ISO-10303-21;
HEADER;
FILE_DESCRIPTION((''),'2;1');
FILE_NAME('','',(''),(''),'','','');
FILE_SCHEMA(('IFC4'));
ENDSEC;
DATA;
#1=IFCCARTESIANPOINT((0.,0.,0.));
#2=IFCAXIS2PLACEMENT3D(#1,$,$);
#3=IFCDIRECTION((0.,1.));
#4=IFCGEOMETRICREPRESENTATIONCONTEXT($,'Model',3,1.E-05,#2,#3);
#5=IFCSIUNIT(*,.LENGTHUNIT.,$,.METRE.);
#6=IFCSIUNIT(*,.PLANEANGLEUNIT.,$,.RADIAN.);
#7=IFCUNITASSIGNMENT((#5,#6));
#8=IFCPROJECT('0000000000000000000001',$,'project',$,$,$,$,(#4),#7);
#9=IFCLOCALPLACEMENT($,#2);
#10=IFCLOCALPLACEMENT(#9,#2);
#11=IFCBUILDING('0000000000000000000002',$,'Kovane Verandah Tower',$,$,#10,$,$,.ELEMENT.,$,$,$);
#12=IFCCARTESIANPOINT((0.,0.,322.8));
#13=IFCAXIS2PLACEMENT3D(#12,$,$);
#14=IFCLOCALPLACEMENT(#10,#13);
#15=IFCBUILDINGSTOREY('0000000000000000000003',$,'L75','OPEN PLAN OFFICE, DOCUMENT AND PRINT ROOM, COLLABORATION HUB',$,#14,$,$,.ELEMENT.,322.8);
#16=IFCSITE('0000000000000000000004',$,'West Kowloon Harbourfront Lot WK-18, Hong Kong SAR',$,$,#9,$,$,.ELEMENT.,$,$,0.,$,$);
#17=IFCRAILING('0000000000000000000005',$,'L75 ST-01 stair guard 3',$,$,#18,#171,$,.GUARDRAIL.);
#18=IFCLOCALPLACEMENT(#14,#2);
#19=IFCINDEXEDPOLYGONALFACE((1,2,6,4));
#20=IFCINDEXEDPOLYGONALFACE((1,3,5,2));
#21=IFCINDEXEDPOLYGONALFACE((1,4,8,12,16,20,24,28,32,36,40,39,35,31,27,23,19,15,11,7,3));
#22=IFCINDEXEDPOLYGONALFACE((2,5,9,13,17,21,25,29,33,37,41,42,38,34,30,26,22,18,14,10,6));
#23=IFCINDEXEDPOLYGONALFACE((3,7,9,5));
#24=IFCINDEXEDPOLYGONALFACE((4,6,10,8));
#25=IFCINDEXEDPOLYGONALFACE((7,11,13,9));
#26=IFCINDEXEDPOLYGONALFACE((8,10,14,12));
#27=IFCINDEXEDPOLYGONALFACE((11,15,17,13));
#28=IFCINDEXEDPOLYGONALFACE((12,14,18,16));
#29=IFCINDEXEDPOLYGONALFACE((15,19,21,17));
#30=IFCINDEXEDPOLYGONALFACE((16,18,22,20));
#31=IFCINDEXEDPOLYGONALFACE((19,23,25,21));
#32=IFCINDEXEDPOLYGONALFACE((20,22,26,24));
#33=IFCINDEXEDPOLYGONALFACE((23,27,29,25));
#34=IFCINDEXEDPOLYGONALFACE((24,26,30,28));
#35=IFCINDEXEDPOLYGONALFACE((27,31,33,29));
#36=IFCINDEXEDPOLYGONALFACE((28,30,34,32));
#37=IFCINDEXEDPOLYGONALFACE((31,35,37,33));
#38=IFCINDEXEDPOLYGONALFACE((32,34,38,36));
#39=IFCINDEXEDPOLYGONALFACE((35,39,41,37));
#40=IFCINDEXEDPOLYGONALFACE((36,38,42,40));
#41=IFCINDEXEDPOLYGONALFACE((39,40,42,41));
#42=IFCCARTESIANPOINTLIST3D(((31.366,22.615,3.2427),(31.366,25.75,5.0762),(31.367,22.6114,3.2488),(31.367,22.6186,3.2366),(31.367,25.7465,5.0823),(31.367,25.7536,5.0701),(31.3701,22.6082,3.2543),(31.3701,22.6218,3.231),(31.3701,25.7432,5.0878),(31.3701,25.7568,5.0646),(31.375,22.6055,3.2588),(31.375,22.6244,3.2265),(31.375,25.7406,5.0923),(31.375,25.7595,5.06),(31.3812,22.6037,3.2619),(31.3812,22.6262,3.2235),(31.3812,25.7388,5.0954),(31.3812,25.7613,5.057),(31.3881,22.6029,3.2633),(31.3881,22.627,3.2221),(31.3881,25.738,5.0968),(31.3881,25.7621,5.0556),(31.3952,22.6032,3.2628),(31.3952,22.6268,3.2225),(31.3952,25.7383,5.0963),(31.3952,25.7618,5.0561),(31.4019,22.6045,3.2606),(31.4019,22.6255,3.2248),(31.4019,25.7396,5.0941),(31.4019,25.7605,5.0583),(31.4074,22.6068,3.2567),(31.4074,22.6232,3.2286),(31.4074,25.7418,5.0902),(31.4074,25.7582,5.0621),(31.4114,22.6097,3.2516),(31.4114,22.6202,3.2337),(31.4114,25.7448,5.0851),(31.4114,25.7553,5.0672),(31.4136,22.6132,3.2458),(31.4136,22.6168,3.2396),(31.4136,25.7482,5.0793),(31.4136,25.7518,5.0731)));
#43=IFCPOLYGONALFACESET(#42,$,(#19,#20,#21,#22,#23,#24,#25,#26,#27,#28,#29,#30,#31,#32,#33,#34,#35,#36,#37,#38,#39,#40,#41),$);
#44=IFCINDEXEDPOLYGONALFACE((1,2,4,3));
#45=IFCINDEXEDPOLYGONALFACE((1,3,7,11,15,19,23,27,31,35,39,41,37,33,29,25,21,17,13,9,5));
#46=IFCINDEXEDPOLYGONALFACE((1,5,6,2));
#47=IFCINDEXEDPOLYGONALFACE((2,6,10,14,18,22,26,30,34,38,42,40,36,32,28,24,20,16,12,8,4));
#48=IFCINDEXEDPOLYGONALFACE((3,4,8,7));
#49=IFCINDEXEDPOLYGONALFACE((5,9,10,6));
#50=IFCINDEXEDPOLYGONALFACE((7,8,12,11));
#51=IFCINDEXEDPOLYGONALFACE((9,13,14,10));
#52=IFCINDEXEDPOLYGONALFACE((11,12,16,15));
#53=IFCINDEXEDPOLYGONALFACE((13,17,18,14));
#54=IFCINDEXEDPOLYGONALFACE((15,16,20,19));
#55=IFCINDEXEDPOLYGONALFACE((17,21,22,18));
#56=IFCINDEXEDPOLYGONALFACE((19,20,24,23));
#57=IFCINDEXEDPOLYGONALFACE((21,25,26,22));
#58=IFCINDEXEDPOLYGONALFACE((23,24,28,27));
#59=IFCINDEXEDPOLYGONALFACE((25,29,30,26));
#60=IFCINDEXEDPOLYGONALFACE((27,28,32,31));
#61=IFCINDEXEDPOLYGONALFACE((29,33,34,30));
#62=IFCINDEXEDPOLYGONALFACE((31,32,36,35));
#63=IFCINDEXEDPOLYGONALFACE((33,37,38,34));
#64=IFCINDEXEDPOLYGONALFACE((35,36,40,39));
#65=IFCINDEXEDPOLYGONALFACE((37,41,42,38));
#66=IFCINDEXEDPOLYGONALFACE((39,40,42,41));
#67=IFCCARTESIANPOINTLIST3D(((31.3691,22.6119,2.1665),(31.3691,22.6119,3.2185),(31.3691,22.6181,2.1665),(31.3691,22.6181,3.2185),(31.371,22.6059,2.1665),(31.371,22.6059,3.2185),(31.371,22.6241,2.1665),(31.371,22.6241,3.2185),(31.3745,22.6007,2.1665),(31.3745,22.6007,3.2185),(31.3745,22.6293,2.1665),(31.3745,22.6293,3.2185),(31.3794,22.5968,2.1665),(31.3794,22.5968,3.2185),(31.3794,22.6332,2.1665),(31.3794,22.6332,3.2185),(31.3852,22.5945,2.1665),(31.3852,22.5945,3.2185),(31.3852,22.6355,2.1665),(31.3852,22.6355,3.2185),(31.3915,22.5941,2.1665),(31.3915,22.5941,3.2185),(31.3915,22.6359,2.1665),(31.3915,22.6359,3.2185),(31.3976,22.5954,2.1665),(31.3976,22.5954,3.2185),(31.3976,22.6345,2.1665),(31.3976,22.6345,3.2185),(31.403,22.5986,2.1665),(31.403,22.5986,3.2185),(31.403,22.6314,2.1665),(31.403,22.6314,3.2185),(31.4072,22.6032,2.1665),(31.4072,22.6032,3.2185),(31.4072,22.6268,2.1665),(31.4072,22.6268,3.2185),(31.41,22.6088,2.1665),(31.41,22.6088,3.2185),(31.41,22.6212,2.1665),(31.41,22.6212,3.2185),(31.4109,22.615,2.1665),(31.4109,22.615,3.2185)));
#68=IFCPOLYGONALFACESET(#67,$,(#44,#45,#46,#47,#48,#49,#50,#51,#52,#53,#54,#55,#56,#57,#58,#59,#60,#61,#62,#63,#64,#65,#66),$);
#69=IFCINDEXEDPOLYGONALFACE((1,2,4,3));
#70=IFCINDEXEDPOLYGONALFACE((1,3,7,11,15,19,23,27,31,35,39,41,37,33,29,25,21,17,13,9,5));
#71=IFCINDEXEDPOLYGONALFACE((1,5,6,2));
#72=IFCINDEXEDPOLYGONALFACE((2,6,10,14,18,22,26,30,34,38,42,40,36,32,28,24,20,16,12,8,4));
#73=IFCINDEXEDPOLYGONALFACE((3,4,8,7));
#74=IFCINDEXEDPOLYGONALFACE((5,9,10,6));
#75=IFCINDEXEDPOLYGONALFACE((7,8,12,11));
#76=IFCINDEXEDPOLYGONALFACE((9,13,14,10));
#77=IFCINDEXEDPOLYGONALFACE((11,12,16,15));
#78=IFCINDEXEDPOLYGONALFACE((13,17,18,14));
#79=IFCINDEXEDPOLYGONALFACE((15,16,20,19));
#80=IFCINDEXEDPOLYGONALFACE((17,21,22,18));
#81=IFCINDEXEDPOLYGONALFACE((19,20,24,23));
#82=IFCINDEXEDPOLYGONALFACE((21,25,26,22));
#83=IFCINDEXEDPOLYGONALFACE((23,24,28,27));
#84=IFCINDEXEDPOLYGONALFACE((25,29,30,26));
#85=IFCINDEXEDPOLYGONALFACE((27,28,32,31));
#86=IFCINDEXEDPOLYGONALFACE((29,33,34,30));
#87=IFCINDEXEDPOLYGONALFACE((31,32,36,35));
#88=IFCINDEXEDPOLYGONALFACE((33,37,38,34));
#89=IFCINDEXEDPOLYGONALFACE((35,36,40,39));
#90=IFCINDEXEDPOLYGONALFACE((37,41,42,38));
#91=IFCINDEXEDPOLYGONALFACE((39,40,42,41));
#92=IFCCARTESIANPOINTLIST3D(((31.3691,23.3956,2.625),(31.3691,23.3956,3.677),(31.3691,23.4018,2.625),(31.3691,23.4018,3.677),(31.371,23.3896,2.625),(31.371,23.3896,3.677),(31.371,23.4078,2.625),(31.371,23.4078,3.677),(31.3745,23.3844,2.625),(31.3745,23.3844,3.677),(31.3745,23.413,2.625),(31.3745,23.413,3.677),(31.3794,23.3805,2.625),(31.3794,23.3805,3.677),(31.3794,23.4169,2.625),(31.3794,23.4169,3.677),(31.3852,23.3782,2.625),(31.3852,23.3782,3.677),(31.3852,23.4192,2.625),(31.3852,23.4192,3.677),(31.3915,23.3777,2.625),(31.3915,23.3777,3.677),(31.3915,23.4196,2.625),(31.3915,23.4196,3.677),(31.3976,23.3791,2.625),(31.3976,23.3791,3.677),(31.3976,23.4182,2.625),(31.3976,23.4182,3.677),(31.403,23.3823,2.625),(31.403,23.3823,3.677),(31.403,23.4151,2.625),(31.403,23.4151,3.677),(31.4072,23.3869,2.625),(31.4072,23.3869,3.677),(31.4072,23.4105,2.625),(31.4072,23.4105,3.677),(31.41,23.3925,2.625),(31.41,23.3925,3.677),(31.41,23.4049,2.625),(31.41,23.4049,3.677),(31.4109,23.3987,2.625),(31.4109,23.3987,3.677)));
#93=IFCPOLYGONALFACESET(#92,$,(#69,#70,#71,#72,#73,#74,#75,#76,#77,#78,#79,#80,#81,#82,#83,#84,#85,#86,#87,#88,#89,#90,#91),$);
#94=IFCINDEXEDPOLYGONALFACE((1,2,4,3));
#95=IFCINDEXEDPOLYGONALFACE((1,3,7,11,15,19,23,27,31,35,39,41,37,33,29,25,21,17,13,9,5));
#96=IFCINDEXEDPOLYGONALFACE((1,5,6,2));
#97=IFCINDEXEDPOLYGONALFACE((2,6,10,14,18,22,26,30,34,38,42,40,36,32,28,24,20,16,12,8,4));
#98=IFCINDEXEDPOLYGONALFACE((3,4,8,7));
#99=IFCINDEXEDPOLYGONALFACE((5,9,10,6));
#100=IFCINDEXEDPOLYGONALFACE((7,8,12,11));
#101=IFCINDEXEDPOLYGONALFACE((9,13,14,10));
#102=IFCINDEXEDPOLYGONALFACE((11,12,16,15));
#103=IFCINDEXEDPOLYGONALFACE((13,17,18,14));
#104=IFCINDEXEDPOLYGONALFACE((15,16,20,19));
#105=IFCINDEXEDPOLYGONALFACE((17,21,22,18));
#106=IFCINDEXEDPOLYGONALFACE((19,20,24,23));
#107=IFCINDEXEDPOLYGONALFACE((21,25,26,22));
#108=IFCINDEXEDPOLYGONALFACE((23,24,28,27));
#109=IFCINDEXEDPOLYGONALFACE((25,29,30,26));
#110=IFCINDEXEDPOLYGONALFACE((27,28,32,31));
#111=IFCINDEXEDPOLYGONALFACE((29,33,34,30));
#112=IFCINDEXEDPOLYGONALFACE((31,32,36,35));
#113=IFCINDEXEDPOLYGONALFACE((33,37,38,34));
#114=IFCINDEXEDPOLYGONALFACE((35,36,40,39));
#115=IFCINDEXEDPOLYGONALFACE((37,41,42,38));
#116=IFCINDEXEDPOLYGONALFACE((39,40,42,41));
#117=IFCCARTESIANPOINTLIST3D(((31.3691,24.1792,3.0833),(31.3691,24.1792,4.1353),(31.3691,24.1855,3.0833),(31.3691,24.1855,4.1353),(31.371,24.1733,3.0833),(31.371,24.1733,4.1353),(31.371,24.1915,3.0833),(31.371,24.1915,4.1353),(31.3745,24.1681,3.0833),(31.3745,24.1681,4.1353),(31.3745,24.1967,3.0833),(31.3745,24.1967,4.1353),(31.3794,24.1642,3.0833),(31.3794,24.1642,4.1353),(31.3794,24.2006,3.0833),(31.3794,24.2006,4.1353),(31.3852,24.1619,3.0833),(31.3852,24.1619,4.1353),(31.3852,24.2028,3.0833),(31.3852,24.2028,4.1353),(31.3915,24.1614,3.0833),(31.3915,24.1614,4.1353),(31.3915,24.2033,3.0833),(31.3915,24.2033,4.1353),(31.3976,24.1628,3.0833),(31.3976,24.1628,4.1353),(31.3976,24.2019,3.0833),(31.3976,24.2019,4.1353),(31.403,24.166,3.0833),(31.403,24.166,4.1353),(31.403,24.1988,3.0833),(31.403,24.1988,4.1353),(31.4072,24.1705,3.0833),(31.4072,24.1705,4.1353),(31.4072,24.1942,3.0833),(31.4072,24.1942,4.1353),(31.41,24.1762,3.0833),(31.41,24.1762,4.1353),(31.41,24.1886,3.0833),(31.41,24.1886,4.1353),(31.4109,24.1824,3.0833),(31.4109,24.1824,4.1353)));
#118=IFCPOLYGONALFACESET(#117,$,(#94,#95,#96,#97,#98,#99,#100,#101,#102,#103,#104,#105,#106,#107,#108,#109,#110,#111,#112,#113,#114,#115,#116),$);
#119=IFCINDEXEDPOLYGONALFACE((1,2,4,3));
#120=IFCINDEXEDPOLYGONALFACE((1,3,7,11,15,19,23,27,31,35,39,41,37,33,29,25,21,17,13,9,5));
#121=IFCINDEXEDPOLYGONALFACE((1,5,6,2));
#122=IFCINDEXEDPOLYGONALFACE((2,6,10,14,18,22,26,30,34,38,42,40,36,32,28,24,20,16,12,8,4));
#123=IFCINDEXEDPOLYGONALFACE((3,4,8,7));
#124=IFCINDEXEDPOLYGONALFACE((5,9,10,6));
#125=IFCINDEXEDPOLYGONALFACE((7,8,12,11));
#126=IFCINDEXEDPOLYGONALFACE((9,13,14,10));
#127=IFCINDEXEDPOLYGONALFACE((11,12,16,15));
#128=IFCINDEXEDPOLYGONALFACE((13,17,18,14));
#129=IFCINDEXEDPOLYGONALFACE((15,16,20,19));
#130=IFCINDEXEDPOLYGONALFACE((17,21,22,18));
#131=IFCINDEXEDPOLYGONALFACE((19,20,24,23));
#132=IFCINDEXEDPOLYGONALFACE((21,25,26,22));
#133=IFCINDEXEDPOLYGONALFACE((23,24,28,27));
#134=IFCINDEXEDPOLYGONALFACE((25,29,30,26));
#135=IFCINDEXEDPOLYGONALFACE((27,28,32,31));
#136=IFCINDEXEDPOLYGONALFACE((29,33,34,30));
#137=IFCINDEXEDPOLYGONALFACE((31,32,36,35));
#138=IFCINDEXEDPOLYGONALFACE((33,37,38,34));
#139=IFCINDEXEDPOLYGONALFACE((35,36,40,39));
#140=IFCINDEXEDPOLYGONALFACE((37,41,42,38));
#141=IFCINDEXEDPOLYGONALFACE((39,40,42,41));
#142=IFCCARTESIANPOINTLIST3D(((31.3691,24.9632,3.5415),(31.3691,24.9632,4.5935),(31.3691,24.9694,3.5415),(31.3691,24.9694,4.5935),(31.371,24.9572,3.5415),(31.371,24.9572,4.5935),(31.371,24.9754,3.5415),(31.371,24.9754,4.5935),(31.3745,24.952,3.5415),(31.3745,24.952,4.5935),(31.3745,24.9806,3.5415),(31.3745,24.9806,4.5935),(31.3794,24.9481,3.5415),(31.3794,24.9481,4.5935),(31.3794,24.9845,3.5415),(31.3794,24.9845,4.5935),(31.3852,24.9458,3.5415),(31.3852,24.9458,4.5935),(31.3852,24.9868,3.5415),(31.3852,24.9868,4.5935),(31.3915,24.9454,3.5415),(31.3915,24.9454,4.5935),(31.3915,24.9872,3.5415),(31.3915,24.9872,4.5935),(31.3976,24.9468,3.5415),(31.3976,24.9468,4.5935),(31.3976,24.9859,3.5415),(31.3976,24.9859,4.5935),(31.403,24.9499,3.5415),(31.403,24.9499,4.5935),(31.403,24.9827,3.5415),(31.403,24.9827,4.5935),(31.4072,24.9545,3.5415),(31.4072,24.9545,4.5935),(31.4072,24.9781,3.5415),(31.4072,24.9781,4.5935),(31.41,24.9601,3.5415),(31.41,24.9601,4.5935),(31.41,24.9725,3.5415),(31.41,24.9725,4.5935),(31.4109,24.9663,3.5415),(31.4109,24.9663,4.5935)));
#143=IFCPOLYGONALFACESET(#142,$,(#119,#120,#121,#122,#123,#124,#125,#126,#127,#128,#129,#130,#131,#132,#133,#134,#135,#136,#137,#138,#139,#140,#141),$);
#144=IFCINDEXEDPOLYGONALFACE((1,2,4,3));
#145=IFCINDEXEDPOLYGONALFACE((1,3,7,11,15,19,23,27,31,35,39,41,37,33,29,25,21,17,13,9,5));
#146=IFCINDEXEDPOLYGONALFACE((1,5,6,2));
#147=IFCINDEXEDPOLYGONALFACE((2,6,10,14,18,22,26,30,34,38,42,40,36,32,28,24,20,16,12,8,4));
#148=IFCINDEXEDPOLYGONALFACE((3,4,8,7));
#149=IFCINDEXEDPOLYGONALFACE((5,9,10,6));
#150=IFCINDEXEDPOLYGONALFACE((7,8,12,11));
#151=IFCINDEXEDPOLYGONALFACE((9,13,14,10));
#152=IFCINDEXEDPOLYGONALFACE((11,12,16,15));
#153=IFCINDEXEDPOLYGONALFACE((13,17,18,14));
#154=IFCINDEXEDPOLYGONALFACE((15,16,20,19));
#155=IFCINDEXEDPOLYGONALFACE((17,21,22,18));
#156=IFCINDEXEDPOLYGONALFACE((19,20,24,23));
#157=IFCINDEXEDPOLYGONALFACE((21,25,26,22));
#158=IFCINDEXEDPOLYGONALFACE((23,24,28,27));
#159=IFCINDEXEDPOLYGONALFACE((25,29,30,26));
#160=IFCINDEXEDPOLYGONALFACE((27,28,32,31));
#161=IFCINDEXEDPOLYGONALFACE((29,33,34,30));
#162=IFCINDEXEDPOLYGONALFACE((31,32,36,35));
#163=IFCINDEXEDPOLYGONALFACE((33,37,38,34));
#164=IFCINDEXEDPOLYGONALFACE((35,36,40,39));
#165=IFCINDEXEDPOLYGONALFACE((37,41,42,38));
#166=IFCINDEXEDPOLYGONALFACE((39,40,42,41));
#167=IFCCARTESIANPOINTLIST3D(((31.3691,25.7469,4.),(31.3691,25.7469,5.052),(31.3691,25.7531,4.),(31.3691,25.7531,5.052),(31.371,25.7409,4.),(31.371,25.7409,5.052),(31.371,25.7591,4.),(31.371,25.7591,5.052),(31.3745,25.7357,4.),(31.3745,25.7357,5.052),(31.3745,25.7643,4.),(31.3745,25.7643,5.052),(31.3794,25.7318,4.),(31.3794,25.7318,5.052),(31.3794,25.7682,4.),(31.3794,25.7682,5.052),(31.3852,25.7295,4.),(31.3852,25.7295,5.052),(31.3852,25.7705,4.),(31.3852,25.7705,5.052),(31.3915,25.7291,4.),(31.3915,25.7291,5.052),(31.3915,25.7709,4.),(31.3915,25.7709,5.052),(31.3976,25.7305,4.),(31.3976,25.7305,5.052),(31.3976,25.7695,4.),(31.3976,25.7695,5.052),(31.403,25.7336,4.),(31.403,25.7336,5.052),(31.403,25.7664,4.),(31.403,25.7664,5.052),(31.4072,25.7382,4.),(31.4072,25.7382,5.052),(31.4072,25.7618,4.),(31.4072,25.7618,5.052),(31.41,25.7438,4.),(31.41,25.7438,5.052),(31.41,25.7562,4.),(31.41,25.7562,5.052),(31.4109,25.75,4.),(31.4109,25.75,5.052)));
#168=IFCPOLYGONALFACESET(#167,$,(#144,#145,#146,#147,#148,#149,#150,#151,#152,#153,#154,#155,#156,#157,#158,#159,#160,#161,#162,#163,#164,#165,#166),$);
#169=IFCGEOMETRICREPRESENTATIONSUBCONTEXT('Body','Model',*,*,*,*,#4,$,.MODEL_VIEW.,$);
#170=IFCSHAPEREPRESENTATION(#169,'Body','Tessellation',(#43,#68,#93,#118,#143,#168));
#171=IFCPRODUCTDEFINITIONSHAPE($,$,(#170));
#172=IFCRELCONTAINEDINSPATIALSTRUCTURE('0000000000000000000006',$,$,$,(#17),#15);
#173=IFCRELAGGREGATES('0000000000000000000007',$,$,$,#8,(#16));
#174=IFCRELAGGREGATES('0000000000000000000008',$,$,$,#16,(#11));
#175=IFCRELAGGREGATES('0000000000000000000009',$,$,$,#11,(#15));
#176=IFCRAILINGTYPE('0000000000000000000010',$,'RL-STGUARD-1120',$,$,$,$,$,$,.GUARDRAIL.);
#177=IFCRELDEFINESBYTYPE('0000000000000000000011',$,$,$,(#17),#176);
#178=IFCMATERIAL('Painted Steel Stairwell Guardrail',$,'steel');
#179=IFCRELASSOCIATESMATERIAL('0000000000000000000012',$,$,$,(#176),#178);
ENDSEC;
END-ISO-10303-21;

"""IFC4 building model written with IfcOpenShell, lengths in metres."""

from ifc_helpers import new_model, si_unit, direction, frame, origin, origin_2d, place, context, subcontext, project, spatial, circle, extrude, material, type_object, element, save


model = new_model("IFC4")

# Units and contexts
model_context = context("Model", 3, precision=1e-05, world=origin(), true_north=direction((0.0, 1.0)))
body_context = subcontext(model_context, "Body", "Model", "MODEL_VIEW")
ifc_project = project(units=[si_unit("LENGTHUNIT", "METRE"), si_unit("PLANEANGLEUNIT", "RADIAN")], contexts=[model_context])

# Site, building, storey
site_placement = place(None, origin())
site = spatial("IfcSite", under=ifc_project, at=site_placement, Name="West Kowloon Harbourfront Lot WK-18, Hong Kong SAR", CompositionType="ELEMENT", RefElevation=0.0)
building_placement = place(site_placement, origin())
building = spatial("IfcBuilding", under=site, at=building_placement, Name="Kovane Verandah Tower", CompositionType="ELEMENT")
storey_placement = place(building_placement, frame((0.0, 0.0, 322.8)))
storey = spatial("IfcBuildingStorey", under=building, at=storey_placement, Name="L75", Description="OPEN PLAN OFFICE, DOCUMENT AND PRINT ROOM, COLLABORATION HUB", CompositionType="ELEMENT", Elevation=322.8)

# Railing
ifc_material_1 = material(Name="Painted Steel Stairwell Guardrail", Category="steel")
railing_type_1 = type_object("IfcRailingType", Name="RL-STGUARD-1120", PredefinedType="GUARDRAIL", material=ifc_material_1)
railing_1_placement = place(storey_placement, frame((31.3899, 22.615, 2.1665)))
element("IfcRailing", 1, at=railing_1_placement, inside=storey, type_object=railing_type_1, Name="L75 ST-01 stair guard 3", PredefinedType="GUARDRAIL", context=body_context, shape_type="SweptSolid", body=[
    extrude(circle(Radius=0.0239, at=origin_2d()), frame((0.0, 0.0, 1.0762), z_axis=(0.0, 0.86321, 0.504845), x_axis=(-1.0, 0.0, 0.0)), (0.0, 0.0, 1.0), 3.6318),
    extrude(circle(Radius=0.021, at=origin_2d()), origin(), (0.0, 0.0, 1.0), 1.052),
    extrude(circle(Radius=0.021, at=origin_2d()), frame((0.0, 0.7837, 0.4585)), (0.0, 0.0, 1.0), 1.052),
    extrude(circle(Radius=0.021, at=origin_2d()), frame((0.0, 1.5674, 0.9167)), (0.0, 0.0, 1.0), 1.052),
    extrude(circle(Radius=0.021, at=origin_2d()), frame((0.0, 2.3513, 1.375)), (0.0, 0.0, 1.0), 1.052),
    extrude(circle(Radius=0.021, at=origin_2d()), frame((0.0, 3.135, 1.8335)), (0.0, 0.0, 1.0), 1.052),
])

save(model, "model.ifc")
